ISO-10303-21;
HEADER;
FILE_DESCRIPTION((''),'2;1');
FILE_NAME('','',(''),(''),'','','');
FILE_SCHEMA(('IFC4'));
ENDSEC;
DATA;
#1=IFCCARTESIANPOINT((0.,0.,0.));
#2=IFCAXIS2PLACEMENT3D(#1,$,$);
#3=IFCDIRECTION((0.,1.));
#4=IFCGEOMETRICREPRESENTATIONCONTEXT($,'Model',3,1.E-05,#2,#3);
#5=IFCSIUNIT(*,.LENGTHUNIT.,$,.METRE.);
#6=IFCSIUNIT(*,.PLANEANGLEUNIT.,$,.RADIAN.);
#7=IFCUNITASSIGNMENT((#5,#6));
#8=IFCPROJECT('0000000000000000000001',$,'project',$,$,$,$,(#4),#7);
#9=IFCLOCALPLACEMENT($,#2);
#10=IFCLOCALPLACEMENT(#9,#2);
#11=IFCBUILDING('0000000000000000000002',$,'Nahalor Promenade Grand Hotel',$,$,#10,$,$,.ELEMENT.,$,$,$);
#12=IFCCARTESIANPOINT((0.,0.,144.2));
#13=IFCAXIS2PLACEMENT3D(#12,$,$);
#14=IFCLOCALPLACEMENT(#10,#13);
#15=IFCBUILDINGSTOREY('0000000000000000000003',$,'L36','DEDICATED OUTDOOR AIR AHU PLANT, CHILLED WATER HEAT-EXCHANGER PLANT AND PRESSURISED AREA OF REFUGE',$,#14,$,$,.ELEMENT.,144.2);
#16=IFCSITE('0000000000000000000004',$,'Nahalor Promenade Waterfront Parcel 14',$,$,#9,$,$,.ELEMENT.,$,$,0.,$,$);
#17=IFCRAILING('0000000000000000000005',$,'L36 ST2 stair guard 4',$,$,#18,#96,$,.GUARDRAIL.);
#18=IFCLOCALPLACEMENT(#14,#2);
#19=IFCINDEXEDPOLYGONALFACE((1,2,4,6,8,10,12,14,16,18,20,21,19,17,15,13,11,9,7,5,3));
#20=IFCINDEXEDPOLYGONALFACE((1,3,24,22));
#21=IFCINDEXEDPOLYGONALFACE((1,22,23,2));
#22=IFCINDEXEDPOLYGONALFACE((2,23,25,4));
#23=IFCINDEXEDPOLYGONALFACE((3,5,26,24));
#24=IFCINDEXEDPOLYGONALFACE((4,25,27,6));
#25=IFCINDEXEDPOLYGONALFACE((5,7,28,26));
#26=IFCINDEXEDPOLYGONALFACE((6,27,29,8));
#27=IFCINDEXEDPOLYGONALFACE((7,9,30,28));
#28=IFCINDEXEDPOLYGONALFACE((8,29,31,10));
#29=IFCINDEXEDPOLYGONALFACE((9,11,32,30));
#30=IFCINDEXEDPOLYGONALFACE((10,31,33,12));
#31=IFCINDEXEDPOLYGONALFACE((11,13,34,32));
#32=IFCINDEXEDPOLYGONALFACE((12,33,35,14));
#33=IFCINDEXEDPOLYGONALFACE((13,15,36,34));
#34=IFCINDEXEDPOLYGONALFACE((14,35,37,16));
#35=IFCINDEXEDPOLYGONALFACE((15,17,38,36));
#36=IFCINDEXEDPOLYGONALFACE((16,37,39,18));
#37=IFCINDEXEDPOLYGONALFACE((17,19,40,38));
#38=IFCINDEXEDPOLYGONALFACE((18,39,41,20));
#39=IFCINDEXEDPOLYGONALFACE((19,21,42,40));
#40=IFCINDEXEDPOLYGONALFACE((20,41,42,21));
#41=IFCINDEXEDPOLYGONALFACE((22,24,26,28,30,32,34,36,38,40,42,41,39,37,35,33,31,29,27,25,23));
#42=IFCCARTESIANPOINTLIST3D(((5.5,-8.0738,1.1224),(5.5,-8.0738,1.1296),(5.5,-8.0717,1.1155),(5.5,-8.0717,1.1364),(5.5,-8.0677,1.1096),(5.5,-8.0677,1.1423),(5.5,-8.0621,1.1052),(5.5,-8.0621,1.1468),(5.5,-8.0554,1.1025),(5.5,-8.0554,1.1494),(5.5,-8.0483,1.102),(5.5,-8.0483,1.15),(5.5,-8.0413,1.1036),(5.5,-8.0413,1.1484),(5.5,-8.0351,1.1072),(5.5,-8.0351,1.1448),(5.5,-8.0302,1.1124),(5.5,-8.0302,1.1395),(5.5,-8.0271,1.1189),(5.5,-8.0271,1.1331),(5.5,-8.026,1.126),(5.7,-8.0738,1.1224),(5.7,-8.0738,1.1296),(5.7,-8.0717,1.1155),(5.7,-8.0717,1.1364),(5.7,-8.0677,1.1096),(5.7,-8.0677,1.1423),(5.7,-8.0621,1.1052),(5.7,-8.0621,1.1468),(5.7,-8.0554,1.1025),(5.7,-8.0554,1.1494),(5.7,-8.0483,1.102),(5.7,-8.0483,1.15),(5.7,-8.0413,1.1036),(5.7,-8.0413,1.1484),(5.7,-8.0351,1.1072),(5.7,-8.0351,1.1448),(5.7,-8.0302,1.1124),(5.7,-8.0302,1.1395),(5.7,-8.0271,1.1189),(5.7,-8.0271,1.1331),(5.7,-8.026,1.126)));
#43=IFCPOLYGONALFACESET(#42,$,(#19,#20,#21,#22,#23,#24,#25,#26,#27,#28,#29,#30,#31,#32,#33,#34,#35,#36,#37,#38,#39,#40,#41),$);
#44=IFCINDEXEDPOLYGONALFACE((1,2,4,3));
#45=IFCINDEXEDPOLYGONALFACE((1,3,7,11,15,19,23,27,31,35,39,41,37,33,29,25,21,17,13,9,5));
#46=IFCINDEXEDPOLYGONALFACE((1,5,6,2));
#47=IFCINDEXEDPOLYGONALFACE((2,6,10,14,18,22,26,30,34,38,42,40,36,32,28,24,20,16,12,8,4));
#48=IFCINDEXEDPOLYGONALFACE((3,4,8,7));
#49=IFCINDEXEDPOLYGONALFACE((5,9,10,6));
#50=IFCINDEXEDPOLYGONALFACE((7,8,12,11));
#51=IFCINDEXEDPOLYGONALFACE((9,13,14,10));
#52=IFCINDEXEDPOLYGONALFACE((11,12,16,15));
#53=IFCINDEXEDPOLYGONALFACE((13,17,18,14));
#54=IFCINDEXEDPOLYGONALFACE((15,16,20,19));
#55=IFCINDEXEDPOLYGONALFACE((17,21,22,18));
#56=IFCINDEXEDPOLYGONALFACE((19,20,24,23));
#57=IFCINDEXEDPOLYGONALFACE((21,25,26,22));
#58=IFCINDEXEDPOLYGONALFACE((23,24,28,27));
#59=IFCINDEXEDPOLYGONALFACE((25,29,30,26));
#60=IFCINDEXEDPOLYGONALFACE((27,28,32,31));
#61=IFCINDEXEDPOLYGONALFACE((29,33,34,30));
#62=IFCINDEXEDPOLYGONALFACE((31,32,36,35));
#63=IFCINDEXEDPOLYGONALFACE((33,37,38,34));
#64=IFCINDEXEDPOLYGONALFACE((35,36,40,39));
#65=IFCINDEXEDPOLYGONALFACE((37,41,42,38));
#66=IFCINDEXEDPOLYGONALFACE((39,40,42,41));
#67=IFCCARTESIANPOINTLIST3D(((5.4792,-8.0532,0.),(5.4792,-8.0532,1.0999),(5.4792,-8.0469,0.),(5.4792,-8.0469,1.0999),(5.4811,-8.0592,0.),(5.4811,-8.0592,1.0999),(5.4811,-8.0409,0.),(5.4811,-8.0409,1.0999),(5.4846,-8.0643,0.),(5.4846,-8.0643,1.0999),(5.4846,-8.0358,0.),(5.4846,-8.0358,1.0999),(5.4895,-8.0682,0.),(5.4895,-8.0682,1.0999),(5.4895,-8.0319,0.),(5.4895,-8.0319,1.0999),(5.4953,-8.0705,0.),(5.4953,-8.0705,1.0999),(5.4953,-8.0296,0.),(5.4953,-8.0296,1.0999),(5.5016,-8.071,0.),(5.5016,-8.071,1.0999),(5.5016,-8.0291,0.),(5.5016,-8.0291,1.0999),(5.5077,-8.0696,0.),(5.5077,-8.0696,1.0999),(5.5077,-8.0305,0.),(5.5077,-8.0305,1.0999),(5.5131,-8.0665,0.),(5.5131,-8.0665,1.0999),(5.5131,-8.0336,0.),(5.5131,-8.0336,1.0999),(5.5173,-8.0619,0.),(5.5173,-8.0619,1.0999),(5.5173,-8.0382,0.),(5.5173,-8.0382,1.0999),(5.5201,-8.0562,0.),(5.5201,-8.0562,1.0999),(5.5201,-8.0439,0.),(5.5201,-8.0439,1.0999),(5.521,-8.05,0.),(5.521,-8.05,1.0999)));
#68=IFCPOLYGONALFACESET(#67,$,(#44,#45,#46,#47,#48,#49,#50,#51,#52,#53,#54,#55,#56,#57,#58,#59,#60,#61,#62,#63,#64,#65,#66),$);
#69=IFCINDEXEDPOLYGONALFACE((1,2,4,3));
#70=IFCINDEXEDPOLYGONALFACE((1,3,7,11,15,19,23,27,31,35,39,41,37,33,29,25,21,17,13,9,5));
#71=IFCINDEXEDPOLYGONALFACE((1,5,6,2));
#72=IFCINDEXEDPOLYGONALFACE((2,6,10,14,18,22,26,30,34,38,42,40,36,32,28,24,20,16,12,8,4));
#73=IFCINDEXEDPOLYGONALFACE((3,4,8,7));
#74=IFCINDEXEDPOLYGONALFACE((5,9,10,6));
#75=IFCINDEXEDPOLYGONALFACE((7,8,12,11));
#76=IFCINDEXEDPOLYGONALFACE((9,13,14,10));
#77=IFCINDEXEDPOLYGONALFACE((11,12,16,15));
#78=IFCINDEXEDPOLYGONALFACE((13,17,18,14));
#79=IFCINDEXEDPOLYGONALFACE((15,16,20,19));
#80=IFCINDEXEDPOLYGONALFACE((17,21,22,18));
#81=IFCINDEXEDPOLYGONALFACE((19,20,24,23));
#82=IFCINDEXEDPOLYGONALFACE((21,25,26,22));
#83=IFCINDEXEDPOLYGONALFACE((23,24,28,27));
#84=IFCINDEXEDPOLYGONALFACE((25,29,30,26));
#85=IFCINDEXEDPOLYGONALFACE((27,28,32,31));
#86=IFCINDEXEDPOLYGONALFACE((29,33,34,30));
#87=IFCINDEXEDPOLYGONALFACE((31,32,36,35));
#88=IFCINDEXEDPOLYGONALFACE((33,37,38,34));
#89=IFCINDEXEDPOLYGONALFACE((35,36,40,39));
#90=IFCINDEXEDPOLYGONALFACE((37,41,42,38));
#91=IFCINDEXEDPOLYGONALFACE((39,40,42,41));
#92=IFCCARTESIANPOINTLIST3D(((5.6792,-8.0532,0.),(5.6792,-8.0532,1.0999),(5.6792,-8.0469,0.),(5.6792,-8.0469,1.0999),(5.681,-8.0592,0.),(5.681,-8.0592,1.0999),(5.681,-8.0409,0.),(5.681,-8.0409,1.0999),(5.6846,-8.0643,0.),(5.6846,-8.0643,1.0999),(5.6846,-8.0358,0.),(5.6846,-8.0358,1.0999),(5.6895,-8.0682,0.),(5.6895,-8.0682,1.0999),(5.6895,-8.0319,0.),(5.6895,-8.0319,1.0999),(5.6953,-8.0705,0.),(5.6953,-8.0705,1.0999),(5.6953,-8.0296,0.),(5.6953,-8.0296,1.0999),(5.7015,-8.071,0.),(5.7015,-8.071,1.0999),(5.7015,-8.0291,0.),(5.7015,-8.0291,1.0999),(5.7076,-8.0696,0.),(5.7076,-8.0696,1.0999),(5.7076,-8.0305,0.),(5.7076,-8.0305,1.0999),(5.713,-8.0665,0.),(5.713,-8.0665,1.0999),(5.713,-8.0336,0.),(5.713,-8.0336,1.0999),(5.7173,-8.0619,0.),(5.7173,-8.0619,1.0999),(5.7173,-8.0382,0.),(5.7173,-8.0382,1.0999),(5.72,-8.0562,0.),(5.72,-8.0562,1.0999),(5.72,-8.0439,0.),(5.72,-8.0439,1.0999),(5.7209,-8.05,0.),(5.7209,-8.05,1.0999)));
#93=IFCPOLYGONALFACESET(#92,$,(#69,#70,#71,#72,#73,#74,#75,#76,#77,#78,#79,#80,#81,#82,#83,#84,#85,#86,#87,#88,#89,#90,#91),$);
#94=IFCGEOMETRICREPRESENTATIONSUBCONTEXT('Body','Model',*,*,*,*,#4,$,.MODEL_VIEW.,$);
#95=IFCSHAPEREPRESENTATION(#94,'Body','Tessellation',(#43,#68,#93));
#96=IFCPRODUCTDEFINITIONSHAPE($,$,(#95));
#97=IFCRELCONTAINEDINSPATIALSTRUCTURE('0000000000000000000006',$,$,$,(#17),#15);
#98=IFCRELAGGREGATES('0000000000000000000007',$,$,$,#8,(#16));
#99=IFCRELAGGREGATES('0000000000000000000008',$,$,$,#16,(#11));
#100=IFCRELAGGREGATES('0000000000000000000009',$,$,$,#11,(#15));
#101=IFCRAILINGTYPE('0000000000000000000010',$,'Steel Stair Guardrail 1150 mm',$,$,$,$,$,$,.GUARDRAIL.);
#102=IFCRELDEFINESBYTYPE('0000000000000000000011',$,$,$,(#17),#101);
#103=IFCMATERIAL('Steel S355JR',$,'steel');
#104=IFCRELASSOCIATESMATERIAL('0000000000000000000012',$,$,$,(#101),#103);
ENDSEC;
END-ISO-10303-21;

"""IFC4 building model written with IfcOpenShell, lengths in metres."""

from ifc_helpers import new_model, si_unit, direction, frame, origin, origin_2d, place, context, subcontext, project, spatial, circle, extrude, material, type_object, element, save


model = new_model("IFC4")

# Units and contexts
model_context = context("Model", 3, precision=1e-05, world=origin(), true_north=direction((0.0, 1.0)))
body_context = subcontext(model_context, "Body", "Model", "MODEL_VIEW")
ifc_project = project(units=[si_unit("LENGTHUNIT", "METRE"), si_unit("PLANEANGLEUNIT", "RADIAN")], contexts=[model_context])

# Site, building, storey
site_placement = place(None, origin())
site = spatial("IfcSite", under=ifc_project, at=site_placement, Name="Nahalor Promenade Waterfront Parcel 14", CompositionType="ELEMENT", RefElevation=0.0)
building_placement = place(site_placement, origin())
building = spatial("IfcBuilding", under=site, at=building_placement, Name="Nahalor Promenade Grand Hotel", CompositionType="ELEMENT")
storey_placement = place(building_placement, frame((0.0, 0.0, 144.2)))
storey = spatial("IfcBuildingStorey", under=building, at=storey_placement, Name="L36", Description="DEDICATED OUTDOOR AIR AHU PLANT, CHILLED WATER HEAT-EXCHANGER PLANT AND PRESSURISED AREA OF REFUGE", CompositionType="ELEMENT", Elevation=144.2)

# Shared definitions
ifc_material_1 = material(Name="Steel S355JR", Category="steel")

# Railing
railing_type_1 = type_object("IfcRailingType", Name="Steel Stair Guardrail 1150 mm", PredefinedType="GUARDRAIL", material=ifc_material_1)
railing_1_placement = place(storey_placement, frame((5.5, -8.05, 0.0)))
element("IfcRailing", 1, at=railing_1_placement, inside=storey, type_object=railing_type_1, Name="L36 ST2 stair guard 4", PredefinedType="GUARDRAIL", context=body_context, shape_type="SweptSolid", body=[
    extrude(circle(Radius=0.024, at=origin_2d()), frame((0.0, 0.0, 1.126), z_axis=(1.0, 0.0, 0.0), x_axis=(0.0, 1.0, 0.0)), (0.0, 0.0, 1.0), 0.2),
    extrude(circle(Radius=0.021, at=origin_2d()), origin(), (0.0, 0.0, 1.0), 1.0999),
    extrude(circle(Radius=0.021, at=origin_2d()), frame((0.2, 0.0, 0.0)), (0.0, 0.0, 1.0), 1.0999),
])

save(model, "model.ifc")
